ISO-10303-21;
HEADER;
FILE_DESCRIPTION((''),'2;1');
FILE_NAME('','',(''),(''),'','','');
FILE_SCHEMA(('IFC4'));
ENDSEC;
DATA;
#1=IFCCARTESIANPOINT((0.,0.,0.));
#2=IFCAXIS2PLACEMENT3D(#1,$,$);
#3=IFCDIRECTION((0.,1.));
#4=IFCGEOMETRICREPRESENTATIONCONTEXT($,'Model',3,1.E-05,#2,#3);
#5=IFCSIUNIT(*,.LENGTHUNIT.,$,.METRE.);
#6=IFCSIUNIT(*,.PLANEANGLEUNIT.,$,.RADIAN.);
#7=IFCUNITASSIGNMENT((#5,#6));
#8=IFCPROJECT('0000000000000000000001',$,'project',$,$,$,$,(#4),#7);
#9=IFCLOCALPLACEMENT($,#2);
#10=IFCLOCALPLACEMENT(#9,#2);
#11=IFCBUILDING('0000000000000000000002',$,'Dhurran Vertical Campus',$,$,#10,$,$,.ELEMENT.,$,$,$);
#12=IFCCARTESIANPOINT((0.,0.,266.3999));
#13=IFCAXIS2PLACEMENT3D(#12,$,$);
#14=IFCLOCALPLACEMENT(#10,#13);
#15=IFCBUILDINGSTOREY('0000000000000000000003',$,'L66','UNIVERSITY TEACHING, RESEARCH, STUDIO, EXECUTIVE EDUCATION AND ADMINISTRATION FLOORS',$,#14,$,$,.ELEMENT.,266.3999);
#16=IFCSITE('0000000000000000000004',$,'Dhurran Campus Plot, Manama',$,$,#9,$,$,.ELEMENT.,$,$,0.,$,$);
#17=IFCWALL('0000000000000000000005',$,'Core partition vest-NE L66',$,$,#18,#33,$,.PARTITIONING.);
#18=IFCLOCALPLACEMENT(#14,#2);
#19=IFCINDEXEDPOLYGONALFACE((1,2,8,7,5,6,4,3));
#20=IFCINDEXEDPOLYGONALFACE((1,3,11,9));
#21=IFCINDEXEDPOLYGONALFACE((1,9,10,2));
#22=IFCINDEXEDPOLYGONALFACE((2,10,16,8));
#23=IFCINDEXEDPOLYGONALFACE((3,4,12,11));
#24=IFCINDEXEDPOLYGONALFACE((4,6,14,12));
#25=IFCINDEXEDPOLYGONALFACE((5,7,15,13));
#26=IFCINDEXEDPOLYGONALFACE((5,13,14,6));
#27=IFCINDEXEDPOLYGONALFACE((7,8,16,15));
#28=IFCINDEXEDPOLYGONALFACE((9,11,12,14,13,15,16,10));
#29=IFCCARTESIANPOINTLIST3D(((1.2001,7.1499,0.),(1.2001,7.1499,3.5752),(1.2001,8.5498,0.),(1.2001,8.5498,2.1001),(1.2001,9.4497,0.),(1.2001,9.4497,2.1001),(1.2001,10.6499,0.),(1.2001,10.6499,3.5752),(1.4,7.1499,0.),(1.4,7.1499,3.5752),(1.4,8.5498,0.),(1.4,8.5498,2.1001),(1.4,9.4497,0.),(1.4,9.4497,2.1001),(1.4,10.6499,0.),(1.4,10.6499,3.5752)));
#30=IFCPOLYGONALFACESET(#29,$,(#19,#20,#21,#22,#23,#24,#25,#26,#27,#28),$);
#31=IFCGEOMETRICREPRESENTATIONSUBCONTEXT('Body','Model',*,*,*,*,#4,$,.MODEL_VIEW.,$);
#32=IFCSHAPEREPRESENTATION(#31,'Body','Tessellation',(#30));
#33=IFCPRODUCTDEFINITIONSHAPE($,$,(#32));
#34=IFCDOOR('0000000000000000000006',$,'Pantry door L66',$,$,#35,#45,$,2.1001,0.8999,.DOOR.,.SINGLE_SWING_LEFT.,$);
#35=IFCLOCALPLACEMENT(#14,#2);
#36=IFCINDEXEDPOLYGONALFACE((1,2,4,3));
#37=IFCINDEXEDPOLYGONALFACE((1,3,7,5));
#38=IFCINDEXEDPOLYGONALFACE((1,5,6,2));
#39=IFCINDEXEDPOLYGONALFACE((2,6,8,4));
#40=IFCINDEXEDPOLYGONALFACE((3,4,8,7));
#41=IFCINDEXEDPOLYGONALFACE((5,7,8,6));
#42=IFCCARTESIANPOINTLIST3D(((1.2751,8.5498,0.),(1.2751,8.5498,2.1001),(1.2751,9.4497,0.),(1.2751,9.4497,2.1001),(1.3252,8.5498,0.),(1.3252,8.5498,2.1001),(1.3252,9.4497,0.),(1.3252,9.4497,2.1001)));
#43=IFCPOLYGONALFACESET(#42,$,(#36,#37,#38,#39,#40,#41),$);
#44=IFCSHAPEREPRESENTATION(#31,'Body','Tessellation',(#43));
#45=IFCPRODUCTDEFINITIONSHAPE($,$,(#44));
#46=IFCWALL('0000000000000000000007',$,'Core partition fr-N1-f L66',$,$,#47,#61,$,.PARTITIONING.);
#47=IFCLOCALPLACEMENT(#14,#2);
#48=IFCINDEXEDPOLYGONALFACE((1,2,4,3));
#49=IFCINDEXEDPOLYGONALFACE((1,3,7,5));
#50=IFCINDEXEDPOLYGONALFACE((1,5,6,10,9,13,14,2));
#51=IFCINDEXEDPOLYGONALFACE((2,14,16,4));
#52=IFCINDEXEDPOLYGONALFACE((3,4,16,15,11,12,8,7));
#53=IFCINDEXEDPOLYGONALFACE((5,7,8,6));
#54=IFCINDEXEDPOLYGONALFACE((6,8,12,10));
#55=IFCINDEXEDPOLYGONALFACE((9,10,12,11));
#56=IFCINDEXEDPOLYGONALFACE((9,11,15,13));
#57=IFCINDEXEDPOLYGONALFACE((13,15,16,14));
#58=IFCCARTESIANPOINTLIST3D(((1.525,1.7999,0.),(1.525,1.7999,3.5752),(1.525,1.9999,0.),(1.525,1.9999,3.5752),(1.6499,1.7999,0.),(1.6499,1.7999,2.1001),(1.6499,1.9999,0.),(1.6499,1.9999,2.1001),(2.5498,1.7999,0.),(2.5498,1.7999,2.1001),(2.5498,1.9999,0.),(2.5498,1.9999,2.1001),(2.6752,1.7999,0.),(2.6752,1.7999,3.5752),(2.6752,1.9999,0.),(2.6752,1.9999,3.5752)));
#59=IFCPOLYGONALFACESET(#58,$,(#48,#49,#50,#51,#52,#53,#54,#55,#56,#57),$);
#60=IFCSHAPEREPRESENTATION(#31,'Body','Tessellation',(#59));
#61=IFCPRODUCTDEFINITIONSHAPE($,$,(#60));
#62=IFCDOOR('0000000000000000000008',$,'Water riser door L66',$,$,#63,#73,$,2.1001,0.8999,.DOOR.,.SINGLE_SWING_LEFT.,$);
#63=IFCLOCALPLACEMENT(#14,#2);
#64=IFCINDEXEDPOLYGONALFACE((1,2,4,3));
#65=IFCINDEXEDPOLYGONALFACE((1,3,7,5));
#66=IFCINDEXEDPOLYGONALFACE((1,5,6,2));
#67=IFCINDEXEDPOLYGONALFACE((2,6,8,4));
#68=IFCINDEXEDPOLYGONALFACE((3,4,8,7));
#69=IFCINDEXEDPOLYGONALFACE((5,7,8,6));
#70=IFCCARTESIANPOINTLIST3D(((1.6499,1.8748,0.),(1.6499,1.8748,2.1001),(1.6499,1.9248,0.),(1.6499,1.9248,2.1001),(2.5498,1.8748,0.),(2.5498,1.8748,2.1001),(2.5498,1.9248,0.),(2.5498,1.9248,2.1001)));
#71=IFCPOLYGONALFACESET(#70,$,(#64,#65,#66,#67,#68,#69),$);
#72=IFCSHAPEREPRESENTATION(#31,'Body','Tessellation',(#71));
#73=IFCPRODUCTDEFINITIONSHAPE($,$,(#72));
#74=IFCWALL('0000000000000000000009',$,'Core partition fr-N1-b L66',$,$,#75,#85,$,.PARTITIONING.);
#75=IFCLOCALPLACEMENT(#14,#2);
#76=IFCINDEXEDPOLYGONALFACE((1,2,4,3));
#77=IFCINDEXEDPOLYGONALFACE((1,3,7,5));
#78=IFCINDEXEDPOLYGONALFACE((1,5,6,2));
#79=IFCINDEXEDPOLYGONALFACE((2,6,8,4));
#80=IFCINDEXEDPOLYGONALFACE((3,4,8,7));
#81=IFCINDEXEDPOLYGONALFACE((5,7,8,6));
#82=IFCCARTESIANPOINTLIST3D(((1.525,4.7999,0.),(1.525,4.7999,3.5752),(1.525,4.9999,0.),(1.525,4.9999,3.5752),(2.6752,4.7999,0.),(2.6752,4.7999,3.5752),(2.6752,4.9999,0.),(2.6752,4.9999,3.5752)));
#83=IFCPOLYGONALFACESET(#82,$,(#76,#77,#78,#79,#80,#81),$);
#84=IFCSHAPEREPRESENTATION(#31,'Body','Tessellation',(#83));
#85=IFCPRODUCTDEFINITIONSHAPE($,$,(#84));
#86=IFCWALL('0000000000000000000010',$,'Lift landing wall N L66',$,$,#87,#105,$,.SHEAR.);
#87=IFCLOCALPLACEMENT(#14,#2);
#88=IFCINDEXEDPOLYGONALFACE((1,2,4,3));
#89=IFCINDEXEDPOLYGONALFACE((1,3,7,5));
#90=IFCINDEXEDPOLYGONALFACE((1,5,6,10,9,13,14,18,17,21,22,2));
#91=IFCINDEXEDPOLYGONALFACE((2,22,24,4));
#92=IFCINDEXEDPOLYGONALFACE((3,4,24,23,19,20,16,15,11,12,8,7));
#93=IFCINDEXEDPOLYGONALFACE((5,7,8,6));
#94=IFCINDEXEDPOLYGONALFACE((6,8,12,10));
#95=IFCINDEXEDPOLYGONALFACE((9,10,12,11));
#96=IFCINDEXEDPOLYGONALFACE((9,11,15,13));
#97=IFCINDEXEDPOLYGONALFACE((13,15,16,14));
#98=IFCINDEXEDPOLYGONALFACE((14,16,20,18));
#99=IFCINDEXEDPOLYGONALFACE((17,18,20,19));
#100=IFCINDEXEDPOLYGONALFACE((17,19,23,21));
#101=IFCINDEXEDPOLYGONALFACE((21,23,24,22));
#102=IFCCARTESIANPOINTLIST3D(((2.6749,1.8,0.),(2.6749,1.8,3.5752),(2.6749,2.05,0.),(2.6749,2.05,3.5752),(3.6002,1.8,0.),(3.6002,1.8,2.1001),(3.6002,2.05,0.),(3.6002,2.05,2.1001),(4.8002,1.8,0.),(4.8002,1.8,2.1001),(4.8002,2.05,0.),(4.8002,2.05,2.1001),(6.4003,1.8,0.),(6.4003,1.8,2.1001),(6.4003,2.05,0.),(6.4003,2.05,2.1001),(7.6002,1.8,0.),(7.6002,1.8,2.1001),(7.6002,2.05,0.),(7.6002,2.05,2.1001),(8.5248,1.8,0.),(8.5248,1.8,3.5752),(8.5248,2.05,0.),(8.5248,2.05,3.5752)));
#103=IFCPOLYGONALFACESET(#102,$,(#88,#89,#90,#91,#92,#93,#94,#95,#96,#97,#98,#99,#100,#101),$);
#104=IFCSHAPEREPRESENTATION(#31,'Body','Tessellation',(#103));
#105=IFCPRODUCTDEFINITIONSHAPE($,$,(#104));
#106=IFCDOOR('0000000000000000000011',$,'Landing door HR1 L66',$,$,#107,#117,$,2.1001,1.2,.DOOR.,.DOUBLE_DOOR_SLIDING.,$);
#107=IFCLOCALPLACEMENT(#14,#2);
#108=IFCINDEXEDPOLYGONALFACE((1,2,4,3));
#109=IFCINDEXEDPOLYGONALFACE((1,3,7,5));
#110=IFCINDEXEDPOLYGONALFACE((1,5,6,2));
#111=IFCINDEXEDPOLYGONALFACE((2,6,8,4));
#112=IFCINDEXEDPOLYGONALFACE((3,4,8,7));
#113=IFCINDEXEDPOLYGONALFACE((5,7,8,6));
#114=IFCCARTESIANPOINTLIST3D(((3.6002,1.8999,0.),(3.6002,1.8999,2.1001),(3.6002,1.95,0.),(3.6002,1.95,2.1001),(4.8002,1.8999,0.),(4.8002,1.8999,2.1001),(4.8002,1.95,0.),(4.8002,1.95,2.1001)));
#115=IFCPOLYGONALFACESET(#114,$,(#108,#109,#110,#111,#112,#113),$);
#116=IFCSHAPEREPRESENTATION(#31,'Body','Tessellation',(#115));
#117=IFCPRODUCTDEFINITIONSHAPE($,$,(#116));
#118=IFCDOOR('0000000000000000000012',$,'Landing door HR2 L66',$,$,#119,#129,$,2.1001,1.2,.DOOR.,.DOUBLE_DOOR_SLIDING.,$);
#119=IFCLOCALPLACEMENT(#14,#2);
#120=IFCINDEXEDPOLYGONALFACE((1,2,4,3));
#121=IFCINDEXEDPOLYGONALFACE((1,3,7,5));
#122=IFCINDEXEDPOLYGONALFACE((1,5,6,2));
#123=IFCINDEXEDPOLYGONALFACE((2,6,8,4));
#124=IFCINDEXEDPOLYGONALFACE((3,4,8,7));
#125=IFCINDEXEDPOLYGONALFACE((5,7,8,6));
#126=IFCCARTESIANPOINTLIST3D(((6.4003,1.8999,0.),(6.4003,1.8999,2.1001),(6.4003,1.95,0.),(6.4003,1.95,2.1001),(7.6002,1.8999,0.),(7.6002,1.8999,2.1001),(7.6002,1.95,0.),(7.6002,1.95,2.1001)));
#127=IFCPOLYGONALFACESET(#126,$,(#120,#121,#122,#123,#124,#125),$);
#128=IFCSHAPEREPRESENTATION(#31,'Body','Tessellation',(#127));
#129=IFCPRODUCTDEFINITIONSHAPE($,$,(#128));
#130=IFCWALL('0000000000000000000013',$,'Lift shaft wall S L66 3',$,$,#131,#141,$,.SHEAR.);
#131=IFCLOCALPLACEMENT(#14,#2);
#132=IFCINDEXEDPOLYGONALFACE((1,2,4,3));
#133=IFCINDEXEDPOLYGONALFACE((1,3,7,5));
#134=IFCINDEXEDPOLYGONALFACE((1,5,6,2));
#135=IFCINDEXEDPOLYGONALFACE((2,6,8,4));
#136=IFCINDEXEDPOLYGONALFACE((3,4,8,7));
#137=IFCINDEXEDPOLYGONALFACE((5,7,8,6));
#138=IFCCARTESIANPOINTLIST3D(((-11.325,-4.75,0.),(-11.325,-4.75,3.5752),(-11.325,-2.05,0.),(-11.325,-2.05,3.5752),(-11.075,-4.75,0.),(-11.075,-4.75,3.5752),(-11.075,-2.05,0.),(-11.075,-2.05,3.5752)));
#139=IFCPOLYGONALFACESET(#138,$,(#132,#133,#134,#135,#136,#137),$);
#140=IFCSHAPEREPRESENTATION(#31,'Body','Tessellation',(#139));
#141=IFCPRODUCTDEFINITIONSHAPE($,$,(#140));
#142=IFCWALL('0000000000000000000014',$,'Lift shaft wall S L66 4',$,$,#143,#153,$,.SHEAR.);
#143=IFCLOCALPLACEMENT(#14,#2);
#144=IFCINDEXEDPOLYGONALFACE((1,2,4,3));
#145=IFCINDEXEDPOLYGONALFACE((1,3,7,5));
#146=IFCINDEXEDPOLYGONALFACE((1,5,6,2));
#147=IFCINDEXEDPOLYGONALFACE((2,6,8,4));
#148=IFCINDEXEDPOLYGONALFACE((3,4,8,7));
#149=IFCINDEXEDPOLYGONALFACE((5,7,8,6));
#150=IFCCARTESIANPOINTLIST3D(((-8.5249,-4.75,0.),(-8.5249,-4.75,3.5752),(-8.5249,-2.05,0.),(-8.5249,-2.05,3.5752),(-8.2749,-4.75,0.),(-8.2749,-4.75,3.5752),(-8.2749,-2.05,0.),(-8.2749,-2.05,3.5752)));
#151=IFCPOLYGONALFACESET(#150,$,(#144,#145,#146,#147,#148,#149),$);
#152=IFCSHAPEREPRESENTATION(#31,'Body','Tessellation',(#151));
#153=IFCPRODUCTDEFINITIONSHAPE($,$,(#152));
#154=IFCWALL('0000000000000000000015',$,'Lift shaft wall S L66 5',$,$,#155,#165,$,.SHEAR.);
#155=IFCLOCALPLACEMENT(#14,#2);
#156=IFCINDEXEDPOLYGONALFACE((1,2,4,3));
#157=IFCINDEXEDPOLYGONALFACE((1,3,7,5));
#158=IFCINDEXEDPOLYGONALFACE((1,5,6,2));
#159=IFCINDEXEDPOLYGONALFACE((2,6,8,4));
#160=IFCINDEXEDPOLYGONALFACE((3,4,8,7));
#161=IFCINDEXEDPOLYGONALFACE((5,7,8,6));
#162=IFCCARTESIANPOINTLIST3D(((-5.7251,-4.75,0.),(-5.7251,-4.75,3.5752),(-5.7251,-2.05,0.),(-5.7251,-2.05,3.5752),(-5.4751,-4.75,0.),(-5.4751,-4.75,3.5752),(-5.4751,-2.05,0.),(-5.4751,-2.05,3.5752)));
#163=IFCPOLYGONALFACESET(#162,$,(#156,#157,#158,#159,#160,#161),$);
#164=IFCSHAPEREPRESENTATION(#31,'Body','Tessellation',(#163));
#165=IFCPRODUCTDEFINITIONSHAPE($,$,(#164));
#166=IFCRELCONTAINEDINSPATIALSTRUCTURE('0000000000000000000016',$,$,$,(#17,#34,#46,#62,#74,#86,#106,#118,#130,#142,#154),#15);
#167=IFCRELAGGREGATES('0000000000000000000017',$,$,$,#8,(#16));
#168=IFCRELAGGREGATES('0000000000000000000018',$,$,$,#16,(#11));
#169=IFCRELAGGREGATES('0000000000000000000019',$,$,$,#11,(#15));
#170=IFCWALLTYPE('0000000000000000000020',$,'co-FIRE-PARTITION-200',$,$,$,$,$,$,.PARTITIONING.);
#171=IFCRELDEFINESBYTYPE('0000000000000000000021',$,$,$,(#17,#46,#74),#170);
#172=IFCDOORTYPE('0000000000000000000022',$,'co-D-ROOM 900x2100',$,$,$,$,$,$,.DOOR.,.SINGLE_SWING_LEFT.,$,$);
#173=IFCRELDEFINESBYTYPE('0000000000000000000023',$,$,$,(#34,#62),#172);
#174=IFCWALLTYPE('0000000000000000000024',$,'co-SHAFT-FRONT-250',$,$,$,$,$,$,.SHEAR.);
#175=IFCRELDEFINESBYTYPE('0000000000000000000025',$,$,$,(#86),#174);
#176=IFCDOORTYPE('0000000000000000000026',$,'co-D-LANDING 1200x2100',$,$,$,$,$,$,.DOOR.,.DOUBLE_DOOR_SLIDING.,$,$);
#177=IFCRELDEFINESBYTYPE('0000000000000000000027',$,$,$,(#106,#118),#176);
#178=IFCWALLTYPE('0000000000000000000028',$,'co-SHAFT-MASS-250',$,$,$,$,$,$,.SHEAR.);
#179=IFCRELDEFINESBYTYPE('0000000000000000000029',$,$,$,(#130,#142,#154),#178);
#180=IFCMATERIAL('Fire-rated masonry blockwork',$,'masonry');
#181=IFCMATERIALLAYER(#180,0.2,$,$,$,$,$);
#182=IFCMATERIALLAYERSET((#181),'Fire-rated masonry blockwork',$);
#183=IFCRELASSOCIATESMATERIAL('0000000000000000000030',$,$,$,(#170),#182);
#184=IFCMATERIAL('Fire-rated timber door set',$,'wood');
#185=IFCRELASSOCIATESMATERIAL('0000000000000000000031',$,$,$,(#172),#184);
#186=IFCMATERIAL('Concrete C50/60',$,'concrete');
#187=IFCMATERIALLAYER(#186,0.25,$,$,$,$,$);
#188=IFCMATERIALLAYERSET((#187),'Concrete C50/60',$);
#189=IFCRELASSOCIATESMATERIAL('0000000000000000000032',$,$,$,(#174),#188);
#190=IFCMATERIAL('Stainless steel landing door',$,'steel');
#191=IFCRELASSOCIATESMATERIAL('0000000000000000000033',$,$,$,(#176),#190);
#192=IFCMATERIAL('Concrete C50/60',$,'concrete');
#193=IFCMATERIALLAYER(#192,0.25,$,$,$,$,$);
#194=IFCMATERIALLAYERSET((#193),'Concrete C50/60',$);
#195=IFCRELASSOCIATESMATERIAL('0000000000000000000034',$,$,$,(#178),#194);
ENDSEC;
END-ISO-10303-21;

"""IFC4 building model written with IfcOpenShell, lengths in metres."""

from ifc_helpers import new_model, si_unit, direction, frame, frame_2d, origin, place, context, subcontext, project, spatial, polyline, rectangle, outline, extrude, material, layer, layer_set, type_object, element, fill, save


model = new_model("IFC4")

# Units and contexts
model_context = context("Model", 3, precision=1e-05, world=origin(), true_north=direction((0.0, 1.0)))
body_context = subcontext(model_context, "Body", "Model", "MODEL_VIEW")
ifc_project = project(units=[si_unit("LENGTHUNIT", "METRE"), si_unit("PLANEANGLEUNIT", "RADIAN")], contexts=[model_context])

# Site, building, storey
site_placement = place(None, origin())
site = spatial("IfcSite", under=ifc_project, at=site_placement, Name="Dhurran Campus Plot, Manama", CompositionType="ELEMENT", RefElevation=0.0)
building_placement = place(site_placement, origin())
building = spatial("IfcBuilding", under=site, at=building_placement, Name="Dhurran Vertical Campus", CompositionType="ELEMENT")
storey_placement = place(building_placement, frame((0.0, 0.0, 266.3999)))
storey = spatial("IfcBuildingStorey", under=building, at=storey_placement, Name="L66", Description="UNIVERSITY TEACHING, RESEARCH, STUDIO, EXECUTIVE EDUCATION AND ADMINISTRATION FLOORS", CompositionType="ELEMENT", Elevation=266.3999)

# Shared definitions
ifc_material_1 = material(Name="Fire-rated masonry blockwork", Category="masonry")
ifc_layer_1 = layer(ifc_material_1, 0.2)
ifc_layer_set_1 = layer_set([ifc_layer_1], Name="Fire-rated masonry blockwork")
wall_type_1 = type_object("IfcWallType", Name="co-FIRE-PARTITION-200", PredefinedType="PARTITIONING", material=ifc_layer_set_1)

# Walls, openings, doors
wall_1_placement = place(storey_placement, frame((1.3, 7.1499, 0.0), z_axis=(0.0, 0.0, 1.0), x_axis=(0.0, 1.0, 0.0)))
wall_1 = element("IfcWall", 1, at=wall_1_placement, inside=storey, type_object=wall_type_1, Name="Core partition vest-NE L66", PredefinedType="PARTITIONING", context=body_context, shape_type="SweptSolid", body=[
    extrude(rectangle(XDim=3.5, YDim=0.2, at=frame_2d((1.75, 0.0))), origin(), (0.0, 0.0, 1.0), 3.5752),
])
opening_1_placement = place(wall_1_placement, frame((1.3999, 0.0, 0.0)))
opening_1 = element("IfcOpeningElement", 2, at=opening_1_placement, cuts=wall_1, PredefinedType="OPENING", context=body_context, shape_type="SweptSolid", body=[
    extrude(rectangle(XDim=0.8999, YDim=2.1001, at=frame_2d((0.45, 1.05))), frame((0.0, 0.1099, 0.0), z_axis=(0.0, -1.0, 0.0), x_axis=(1.0, 0.0, 0.0)), (0.0, 0.0, 1.0), 0.22),
])
ifc_material_2 = material(Name="Fire-rated timber door set", Category="wood")
door_type_1 = type_object("IfcDoorType", Name="co-D-ROOM 900x2100", OperationType="SINGLE_SWING_LEFT", PredefinedType="DOOR", material=ifc_material_2)
door_1_placement = place(opening_1_placement, origin())
door_1 = element("IfcDoor", 3, at=door_1_placement, inside=storey, type_object=door_type_1, Name="Pantry door L66", OperationType="SINGLE_SWING_LEFT", OverallHeight=2.1001, OverallWidth=0.8999, PredefinedType="DOOR", context=body_context, shape_type="SweptSolid", body=[
    extrude(rectangle(XDim=0.8999, YDim=2.1001, at=frame_2d((0.45, 1.05))), frame((0.0, 0.0249, 0.0), z_axis=(0.0, -1.0, 0.0), x_axis=(1.0, 0.0, 0.0)), (0.0, 0.0, 1.0), 0.05),
])
fill(opening_1, door_1)
wall_2_placement = place(storey_placement, frame((1.5249, 1.8999, 0.0), z_axis=(0.0, 0.0, 1.0), x_axis=(1.0, 0.0, 0.0)))
wall_2 = element("IfcWall", 4, at=wall_2_placement, inside=storey, type_object=wall_type_1, Name="Core partition fr-N1-f L66", PredefinedType="PARTITIONING", context=body_context, shape_type="SweptSolid", body=[
    extrude(rectangle(XDim=1.1501, YDim=0.2, at=frame_2d((0.5752, 0.0))), origin(), (0.0, 0.0, 1.0), 3.5752),
])
opening_2_placement = place(wall_2_placement, frame((0.125, 0.0, 0.0)))
opening_2 = element("IfcOpeningElement", 5, at=opening_2_placement, cuts=wall_2, PredefinedType="OPENING", context=body_context, shape_type="SweptSolid", body=[
    extrude(rectangle(XDim=0.8999, YDim=2.1001, at=frame_2d((0.45, 1.05))), frame((0.0, 0.1099, 0.0), z_axis=(0.0, -1.0, 0.0), x_axis=(1.0, 0.0, 0.0)), (0.0, 0.0, 1.0), 0.22),
])
door_2_placement = place(opening_2_placement, origin())
door_2 = element("IfcDoor", 6, at=door_2_placement, inside=storey, type_object=door_type_1, Name="Water riser door L66", OperationType="SINGLE_SWING_LEFT", OverallHeight=2.1001, OverallWidth=0.8999, PredefinedType="DOOR", context=body_context, shape_type="SweptSolid", body=[
    extrude(rectangle(XDim=0.8999, YDim=2.1001, at=frame_2d((0.45, 1.05))), frame((0.0, 0.0249, 0.0), z_axis=(0.0, -1.0, 0.0), x_axis=(1.0, 0.0, 0.0)), (0.0, 0.0, 1.0), 0.05),
])
fill(opening_2, door_2)

# Wall
wall_3_placement = place(storey_placement, frame((1.5249, 4.8999, 0.0), z_axis=(0.0, 0.0, 1.0), x_axis=(1.0, 0.0, 0.0)))
element("IfcWall", 7, at=wall_3_placement, inside=storey, type_object=wall_type_1, Name="Core partition fr-N1-b L66", PredefinedType="PARTITIONING", context=body_context, shape_type="SweptSolid", body=[
    extrude(rectangle(XDim=1.1501, YDim=0.2, at=frame_2d((0.5752, 0.0))), origin(), (0.0, 0.0, 1.0), 3.5752),
])

# Wall, openings, doors
ifc_material_3 = material(Name="Concrete C50/60", Category="concrete")
ifc_layer_2 = layer(ifc_material_3, 0.25)
ifc_layer_set_2 = layer_set([ifc_layer_2], Name="Concrete C50/60")
wall_type_2 = type_object("IfcWallType", Name="co-SHAFT-FRONT-250", PredefinedType="SHEAR", material=ifc_layer_set_2)
wall_4_placement = place(storey_placement, frame((2.675, 1.925, 0.0), z_axis=(0.0, 0.0, 1.0), x_axis=(1.0, 0.0, 0.0)))
wall_4 = element("IfcWall", 8, at=wall_4_placement, inside=storey, type_object=wall_type_2, Name="Lift landing wall N L66", PredefinedType="SHEAR", context=body_context, shape_type="SweptSolid", body=[
    extrude(rectangle(XDim=5.8499, YDim=0.25, at=frame_2d((2.9248, 0.0))), origin(), (0.0, 0.0, 1.0), 3.5752),
])
opening_3_placement = place(wall_4_placement, frame((0.925, 0.0, 0.0)))
opening_3 = element("IfcOpeningElement", 9, at=opening_3_placement, cuts=wall_4, PredefinedType="OPENING", context=body_context, shape_type="SweptSolid", body=[
    extrude(rectangle(XDim=1.2, YDim=2.1001, at=frame_2d((0.6001, 1.05))), frame((0.0, 0.135, 0.0), z_axis=(0.0, -1.0, 0.0), x_axis=(1.0, 0.0, 0.0)), (0.0, 0.0, 1.0), 0.27),
])
opening_4_placement = place(wall_4_placement, frame((3.7251, 0.0, 0.0)))
opening_4 = element("IfcOpeningElement", 10, at=opening_4_placement, cuts=wall_4, PredefinedType="OPENING", context=body_context, shape_type="SweptSolid", body=[
    extrude(rectangle(XDim=1.2, YDim=2.1001, at=frame_2d((0.6001, 1.05))), frame((0.0, 0.135, 0.0), z_axis=(0.0, -1.0, 0.0), x_axis=(1.0, 0.0, 0.0)), (0.0, 0.0, 1.0), 0.27),
])
ifc_material_4 = material(Name="Stainless steel landing door", Category="steel")
door_type_2 = type_object("IfcDoorType", Name="co-D-LANDING 1200x2100", OperationType="DOUBLE_DOOR_SLIDING", PredefinedType="DOOR", material=ifc_material_4)
door_3_placement = place(opening_3_placement, origin())
door_3 = element("IfcDoor", 11, at=door_3_placement, inside=storey, type_object=door_type_2, Name="Landing door HR1 L66", OperationType="DOUBLE_DOOR_SLIDING", OverallHeight=2.1001, OverallWidth=1.2, PredefinedType="DOOR", context=body_context, shape_type="SweptSolid", body=[
    extrude(rectangle(XDim=1.2, YDim=2.1001, at=frame_2d((0.6001, 1.05))), frame((0.0, 0.0249, 0.0), z_axis=(0.0, -1.0, 0.0), x_axis=(1.0, 0.0, 0.0)), (0.0, 0.0, 1.0), 0.05),
])
fill(opening_3, door_3)
door_4_placement = place(opening_4_placement, origin())
door_4 = element("IfcDoor", 12, at=door_4_placement, inside=storey, type_object=door_type_2, Name="Landing door HR2 L66", OperationType="DOUBLE_DOOR_SLIDING", OverallHeight=2.1001, OverallWidth=1.2, PredefinedType="DOOR", context=body_context, shape_type="SweptSolid", body=[
    extrude(rectangle(XDim=1.2, YDim=2.1001, at=frame_2d((0.6001, 1.05))), frame((0.0, 0.0249, 0.0), z_axis=(0.0, -1.0, 0.0), x_axis=(1.0, 0.0, 0.0)), (0.0, 0.0, 1.0), 0.05),
])
fill(opening_4, door_4)

# Walls
ifc_material_5 = material(Name="Concrete C50/60", Category="concrete")
ifc_layer_3 = layer(ifc_material_5, 0.25)
ifc_layer_set_3 = layer_set([ifc_layer_3], Name="Concrete C50/60")
wall_type_3 = type_object("IfcWallType", Name="co-SHAFT-MASS-250", PredefinedType="SHEAR", material=ifc_layer_set_3)
wall_5_placement = place(storey_placement, origin())
element("IfcWall", 13, at=wall_5_placement, inside=storey, type_object=wall_type_3, Name="Lift shaft wall S L66 3", PredefinedType="SHEAR", context=body_context, shape_type="SweptSolid", body=[
    extrude(outline(polyline([(-11.325, -4.75), (-11.075, -4.75), (-11.075, -2.05), (-11.325, -2.05), (-11.325, -4.75)])), origin(), (0.0, 0.0, 1.0), 3.5752),
])
wall_6_placement = place(storey_placement, origin())
element("IfcWall", 14, at=wall_6_placement, inside=storey, type_object=wall_type_3, Name="Lift shaft wall S L66 4", PredefinedType="SHEAR", context=body_context, shape_type="SweptSolid", body=[
    extrude(outline(polyline([(-8.5249, -4.75), (-8.2749, -4.75), (-8.2749, -2.05), (-8.5249, -2.05), (-8.5249, -4.75)])), origin(), (0.0, 0.0, 1.0), 3.5752),
])
wall_7_placement = place(storey_placement, origin())
element("IfcWall", 15, at=wall_7_placement, inside=storey, type_object=wall_type_3, Name="Lift shaft wall S L66 5", PredefinedType="SHEAR", context=body_context, shape_type="SweptSolid", body=[
    extrude(outline(polyline([(-5.7251, -4.75), (-5.4751, -4.75), (-5.4751, -2.05), (-5.7251, -2.05), (-5.7251, -4.75)])), origin(), (0.0, 0.0, 1.0), 3.5752),
])

save(model, "model.ifc")
